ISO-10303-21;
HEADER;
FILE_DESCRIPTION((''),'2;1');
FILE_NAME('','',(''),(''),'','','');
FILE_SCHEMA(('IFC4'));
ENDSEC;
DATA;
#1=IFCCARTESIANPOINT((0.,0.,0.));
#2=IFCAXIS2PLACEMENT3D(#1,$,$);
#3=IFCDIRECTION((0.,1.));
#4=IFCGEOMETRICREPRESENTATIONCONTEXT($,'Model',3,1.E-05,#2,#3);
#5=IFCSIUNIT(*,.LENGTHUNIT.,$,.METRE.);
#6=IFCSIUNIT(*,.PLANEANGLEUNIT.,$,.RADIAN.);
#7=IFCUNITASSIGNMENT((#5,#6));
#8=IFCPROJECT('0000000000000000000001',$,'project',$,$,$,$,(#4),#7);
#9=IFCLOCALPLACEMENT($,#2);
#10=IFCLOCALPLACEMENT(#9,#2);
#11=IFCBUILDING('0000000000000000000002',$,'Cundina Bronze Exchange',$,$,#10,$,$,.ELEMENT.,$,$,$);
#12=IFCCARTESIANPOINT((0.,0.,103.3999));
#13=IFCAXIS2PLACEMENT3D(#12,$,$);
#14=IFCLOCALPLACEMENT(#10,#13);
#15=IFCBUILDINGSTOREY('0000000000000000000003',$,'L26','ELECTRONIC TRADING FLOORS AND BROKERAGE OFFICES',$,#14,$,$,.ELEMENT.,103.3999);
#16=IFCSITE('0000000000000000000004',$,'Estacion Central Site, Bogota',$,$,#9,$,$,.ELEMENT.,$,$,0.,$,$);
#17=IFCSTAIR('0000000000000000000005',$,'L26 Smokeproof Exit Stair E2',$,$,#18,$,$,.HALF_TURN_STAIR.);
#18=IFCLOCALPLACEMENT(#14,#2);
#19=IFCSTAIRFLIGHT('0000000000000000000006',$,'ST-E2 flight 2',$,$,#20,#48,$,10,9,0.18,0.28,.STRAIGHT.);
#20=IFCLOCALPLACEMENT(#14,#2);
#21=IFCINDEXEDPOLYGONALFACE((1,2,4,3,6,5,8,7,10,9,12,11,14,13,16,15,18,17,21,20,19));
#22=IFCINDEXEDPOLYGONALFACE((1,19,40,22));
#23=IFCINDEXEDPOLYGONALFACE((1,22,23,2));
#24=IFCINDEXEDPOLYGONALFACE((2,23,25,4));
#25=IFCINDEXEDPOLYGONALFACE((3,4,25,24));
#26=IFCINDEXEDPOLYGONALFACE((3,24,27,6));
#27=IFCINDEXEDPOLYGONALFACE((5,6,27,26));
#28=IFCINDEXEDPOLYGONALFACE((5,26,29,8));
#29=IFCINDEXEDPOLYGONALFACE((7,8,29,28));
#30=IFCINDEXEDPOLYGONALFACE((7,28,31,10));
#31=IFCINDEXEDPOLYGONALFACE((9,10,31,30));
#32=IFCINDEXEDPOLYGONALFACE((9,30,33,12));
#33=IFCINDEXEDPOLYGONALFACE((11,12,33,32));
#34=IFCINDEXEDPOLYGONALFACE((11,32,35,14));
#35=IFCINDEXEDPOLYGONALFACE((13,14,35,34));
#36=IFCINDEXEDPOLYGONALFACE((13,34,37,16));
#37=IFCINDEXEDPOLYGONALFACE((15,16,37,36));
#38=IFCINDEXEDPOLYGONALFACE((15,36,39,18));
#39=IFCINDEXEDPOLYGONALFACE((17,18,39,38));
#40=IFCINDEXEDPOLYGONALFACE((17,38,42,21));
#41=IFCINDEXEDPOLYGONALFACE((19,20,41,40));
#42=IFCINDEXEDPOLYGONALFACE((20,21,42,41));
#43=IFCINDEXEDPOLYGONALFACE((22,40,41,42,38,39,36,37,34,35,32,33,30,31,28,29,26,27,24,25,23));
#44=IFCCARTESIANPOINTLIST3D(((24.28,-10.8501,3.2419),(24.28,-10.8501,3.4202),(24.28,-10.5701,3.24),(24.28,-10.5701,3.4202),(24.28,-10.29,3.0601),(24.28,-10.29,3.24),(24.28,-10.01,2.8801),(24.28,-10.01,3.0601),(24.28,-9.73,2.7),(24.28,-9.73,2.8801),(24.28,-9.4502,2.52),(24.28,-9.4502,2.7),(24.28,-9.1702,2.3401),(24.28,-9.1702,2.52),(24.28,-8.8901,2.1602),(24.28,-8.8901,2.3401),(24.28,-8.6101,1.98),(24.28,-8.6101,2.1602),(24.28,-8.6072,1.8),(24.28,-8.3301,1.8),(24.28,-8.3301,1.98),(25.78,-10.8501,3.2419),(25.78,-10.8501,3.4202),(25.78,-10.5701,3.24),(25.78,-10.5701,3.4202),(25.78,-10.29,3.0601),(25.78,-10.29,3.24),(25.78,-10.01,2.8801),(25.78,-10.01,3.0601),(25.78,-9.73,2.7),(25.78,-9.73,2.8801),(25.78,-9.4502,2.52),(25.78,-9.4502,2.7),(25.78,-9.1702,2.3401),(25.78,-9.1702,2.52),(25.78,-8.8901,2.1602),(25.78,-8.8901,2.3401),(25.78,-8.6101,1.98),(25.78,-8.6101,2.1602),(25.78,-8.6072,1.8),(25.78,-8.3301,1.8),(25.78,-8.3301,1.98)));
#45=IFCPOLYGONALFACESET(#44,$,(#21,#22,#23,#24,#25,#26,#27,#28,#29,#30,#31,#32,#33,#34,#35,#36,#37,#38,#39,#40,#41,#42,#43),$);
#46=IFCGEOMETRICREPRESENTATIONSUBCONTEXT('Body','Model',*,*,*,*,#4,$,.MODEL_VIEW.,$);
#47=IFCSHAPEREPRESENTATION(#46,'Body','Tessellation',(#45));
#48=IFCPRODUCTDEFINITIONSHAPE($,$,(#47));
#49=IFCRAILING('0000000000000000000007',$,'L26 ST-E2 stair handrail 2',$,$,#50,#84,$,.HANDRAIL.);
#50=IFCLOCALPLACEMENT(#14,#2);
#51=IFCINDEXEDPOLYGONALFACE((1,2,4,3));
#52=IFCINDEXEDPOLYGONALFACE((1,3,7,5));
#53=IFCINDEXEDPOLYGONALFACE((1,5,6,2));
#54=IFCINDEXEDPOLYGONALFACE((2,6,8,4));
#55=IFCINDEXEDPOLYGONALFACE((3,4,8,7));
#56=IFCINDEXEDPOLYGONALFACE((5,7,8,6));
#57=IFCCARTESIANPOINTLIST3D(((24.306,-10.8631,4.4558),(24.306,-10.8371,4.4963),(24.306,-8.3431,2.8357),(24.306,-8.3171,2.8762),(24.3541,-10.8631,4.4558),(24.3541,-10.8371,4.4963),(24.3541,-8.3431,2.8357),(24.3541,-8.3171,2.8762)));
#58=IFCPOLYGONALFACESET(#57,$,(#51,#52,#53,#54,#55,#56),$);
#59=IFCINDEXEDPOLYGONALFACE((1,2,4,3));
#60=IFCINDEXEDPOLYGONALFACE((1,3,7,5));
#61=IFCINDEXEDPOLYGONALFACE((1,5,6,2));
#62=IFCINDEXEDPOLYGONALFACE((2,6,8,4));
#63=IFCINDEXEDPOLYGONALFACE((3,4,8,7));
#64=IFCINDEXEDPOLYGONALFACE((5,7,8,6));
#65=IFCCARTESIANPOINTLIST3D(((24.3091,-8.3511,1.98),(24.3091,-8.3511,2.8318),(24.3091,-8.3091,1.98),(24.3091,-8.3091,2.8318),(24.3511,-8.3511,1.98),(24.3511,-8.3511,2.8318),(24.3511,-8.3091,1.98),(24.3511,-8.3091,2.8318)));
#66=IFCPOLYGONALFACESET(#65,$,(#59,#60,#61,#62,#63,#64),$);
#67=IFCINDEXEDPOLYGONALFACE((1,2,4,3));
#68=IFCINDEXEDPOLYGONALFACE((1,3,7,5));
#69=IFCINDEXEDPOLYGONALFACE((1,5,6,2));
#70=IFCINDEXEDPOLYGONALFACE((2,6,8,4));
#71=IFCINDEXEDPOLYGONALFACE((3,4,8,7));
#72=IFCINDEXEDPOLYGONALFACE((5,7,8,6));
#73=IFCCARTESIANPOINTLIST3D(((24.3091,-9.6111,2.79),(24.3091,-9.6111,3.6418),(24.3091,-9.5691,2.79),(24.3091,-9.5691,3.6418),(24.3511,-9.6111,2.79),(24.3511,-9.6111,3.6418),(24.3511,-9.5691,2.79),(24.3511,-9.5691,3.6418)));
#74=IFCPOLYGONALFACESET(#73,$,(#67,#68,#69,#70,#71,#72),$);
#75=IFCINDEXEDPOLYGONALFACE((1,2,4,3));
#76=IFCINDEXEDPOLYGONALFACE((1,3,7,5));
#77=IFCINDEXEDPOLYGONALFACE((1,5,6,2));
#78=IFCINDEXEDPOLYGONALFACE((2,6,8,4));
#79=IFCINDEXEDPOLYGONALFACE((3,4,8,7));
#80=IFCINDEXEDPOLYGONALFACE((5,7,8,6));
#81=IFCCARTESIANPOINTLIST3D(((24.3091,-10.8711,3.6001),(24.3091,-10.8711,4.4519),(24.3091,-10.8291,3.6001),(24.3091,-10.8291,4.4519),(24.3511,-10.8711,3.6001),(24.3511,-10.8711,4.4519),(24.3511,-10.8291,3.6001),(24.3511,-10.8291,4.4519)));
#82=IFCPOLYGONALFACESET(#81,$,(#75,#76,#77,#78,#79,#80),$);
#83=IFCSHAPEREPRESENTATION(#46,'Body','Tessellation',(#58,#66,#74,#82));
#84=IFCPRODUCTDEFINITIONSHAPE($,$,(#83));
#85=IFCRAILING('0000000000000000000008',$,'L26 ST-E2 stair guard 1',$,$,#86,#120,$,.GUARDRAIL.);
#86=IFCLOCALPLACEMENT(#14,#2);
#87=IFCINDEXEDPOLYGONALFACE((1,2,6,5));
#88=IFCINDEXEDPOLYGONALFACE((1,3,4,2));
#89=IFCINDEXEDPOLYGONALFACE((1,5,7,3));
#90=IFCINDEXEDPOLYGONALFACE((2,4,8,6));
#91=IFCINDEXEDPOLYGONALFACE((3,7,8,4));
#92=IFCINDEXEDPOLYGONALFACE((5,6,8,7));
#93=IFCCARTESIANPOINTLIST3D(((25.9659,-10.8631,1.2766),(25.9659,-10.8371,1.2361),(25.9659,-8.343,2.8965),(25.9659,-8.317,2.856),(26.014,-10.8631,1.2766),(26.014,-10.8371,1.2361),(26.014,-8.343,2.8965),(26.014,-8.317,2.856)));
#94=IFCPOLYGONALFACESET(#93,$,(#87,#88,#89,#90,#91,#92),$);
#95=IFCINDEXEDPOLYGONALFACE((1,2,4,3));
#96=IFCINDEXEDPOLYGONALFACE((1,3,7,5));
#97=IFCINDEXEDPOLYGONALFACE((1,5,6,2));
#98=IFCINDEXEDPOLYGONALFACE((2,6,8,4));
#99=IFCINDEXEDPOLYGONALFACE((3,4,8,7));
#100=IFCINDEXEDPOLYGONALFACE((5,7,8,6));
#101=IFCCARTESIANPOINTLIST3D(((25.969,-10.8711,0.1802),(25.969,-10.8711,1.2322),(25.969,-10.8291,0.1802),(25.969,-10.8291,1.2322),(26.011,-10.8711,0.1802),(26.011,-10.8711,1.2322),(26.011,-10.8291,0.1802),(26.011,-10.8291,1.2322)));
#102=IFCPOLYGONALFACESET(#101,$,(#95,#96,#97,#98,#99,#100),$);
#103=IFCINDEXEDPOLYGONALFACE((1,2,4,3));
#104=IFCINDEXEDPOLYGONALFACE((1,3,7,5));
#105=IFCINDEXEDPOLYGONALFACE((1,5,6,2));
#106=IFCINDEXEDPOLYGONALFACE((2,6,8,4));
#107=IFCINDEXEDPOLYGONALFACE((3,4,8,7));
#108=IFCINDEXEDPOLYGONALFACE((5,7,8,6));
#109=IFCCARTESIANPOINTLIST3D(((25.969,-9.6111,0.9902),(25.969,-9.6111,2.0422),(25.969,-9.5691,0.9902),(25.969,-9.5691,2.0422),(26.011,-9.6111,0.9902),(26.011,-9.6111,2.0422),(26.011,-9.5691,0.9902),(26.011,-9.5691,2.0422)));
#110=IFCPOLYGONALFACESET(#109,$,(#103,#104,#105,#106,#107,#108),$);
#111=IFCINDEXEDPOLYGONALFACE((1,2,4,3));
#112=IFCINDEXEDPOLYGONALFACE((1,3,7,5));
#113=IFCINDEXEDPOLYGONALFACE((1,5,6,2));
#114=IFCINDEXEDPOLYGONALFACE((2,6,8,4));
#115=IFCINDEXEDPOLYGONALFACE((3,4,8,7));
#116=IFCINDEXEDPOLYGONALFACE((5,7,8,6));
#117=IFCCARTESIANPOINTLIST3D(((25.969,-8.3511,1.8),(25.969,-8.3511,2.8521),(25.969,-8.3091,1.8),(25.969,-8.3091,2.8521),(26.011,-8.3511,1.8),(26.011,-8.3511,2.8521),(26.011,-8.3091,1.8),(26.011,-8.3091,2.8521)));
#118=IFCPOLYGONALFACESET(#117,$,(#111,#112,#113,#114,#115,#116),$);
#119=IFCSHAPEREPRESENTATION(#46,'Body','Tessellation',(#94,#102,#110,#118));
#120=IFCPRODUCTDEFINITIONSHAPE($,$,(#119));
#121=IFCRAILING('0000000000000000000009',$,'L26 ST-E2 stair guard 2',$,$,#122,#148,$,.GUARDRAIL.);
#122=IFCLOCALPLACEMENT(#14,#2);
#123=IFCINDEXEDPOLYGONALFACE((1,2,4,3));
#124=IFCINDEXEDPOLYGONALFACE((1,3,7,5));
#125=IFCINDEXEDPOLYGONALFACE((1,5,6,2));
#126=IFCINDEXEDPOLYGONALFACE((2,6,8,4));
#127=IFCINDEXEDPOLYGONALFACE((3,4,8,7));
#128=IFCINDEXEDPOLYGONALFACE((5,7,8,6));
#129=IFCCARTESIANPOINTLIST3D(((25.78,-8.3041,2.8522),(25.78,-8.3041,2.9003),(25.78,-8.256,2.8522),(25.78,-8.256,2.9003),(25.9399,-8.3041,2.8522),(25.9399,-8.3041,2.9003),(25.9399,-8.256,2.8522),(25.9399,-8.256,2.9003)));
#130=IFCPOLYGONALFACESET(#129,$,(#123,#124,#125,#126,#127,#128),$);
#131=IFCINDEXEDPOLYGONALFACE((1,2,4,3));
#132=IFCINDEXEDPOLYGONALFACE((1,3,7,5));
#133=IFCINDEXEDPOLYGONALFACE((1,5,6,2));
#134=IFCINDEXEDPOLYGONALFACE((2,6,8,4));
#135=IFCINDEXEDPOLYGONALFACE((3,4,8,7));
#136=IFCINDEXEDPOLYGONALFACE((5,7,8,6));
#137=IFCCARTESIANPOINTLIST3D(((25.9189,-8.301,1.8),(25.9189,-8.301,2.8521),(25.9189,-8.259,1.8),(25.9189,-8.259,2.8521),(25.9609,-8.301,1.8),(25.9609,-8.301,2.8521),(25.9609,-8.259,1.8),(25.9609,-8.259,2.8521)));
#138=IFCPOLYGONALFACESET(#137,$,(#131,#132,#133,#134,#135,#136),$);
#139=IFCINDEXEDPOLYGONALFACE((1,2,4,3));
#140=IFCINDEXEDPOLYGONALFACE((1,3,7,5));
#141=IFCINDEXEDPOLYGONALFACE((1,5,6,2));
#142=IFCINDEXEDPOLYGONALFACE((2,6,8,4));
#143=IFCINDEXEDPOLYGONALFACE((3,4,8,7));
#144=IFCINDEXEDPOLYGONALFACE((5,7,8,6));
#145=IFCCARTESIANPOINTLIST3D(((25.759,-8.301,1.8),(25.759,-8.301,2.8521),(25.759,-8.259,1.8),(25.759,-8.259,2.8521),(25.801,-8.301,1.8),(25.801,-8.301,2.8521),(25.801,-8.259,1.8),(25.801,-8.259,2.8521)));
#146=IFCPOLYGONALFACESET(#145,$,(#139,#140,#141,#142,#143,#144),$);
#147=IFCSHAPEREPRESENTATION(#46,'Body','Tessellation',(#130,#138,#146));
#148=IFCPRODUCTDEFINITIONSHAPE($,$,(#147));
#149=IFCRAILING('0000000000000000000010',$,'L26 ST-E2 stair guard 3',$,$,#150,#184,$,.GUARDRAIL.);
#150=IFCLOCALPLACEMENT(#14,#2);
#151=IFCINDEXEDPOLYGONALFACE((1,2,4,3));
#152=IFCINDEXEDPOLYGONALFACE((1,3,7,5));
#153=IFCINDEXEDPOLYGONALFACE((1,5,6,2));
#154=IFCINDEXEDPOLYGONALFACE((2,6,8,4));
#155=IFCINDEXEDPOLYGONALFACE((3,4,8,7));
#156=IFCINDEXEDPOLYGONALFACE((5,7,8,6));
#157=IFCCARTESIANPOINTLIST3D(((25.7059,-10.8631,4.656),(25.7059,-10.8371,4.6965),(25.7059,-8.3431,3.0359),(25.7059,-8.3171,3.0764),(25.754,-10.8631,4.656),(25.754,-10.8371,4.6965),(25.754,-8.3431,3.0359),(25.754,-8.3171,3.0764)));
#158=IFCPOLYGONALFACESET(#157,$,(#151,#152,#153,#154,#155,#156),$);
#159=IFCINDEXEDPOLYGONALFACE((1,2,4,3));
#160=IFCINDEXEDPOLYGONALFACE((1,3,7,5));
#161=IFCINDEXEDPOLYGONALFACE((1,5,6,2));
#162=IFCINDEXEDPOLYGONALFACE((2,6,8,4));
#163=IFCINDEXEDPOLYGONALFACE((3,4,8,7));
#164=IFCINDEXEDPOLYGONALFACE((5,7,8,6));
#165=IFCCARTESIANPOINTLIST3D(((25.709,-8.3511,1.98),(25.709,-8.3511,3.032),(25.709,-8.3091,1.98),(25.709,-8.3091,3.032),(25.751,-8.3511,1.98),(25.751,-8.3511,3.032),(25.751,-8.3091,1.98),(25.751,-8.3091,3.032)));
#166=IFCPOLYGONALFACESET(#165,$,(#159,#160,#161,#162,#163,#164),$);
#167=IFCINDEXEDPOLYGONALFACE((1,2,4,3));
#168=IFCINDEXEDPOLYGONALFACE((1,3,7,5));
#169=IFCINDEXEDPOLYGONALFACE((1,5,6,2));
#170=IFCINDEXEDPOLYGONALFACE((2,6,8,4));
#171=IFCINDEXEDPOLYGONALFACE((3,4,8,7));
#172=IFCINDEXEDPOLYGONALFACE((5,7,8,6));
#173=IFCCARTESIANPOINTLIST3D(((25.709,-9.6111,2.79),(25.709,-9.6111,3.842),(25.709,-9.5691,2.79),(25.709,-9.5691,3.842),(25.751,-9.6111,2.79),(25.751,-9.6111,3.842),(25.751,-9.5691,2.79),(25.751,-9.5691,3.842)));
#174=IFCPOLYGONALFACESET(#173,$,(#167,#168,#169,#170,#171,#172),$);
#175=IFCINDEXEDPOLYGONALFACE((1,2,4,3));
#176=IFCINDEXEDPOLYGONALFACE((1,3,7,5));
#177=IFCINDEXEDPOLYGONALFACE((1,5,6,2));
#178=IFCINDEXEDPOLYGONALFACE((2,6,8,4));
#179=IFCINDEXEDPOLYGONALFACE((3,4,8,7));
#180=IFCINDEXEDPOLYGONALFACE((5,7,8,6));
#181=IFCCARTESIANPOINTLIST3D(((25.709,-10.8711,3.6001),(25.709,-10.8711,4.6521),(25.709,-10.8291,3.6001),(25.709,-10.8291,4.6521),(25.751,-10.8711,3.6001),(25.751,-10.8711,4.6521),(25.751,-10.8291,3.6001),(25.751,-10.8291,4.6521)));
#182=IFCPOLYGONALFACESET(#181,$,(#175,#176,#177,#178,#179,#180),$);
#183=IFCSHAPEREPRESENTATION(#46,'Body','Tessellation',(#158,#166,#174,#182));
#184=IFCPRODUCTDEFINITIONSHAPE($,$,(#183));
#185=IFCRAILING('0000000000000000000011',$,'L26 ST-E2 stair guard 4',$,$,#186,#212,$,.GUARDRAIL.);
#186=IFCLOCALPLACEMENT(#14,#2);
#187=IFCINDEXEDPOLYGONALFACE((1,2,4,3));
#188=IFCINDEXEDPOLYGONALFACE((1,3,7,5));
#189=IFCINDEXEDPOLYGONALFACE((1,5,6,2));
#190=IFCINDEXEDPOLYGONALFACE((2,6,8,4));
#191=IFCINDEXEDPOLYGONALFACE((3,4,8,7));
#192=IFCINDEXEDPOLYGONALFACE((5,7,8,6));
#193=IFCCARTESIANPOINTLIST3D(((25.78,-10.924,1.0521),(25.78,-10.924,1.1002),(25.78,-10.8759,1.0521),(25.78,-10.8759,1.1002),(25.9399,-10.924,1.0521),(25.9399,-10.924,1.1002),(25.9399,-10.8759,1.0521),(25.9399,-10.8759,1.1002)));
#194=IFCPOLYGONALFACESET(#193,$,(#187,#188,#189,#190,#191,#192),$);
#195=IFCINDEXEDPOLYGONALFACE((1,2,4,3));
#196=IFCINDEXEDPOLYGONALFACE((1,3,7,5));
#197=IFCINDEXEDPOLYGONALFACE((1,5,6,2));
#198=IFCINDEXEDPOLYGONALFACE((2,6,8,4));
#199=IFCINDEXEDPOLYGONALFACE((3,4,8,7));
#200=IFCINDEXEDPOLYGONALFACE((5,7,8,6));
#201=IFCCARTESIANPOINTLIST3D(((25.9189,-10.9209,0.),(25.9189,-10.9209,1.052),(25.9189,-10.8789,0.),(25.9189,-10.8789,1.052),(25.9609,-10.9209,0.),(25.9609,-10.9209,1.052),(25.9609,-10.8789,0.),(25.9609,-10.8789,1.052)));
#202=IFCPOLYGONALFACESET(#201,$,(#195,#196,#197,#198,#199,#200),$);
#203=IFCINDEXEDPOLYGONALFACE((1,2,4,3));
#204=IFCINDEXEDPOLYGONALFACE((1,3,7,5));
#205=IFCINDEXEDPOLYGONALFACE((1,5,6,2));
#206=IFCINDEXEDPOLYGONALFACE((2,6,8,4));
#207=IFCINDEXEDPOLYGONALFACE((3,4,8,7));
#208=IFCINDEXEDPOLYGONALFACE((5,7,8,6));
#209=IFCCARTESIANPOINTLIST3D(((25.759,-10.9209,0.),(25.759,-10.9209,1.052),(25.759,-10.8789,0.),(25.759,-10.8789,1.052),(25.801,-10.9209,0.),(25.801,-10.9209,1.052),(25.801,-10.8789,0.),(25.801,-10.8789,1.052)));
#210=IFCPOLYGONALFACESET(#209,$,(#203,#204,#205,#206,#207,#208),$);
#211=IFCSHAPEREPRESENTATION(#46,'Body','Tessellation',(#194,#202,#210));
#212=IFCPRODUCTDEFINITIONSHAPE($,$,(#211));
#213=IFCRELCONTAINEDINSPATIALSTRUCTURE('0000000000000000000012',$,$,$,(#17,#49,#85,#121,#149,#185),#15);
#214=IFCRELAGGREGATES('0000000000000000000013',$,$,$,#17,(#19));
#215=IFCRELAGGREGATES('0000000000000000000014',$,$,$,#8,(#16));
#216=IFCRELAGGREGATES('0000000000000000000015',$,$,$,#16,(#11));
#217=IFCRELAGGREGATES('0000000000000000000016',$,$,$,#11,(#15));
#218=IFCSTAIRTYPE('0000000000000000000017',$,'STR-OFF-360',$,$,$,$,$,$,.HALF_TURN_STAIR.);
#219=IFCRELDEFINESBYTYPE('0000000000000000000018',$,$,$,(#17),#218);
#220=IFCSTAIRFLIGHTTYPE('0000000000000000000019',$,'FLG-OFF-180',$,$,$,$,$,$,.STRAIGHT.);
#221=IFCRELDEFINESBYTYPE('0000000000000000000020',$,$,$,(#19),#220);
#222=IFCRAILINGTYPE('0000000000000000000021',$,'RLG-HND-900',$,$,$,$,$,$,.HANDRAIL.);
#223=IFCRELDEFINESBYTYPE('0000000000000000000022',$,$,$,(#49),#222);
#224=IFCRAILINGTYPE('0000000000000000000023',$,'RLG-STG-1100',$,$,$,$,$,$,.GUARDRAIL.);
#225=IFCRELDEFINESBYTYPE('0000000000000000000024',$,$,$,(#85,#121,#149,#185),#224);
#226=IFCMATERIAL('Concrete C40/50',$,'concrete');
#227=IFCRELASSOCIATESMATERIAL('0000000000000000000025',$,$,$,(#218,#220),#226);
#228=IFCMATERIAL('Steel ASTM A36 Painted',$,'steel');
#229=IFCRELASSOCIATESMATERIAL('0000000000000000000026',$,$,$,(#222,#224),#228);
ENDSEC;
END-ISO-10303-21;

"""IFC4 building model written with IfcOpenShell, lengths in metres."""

from ifc_helpers import new_model, si_unit, direction, frame, origin, origin_2d, place, context, subcontext, project, spatial, polyline, rectangle, outline, extrude, material, type_object, element, aggregate, save


model = new_model("IFC4")

# Units and contexts
model_context = context("Model", 3, precision=1e-05, world=origin(), true_north=direction((0.0, 1.0)))
body_context = subcontext(model_context, "Body", "Model", "MODEL_VIEW")
ifc_project = project(units=[si_unit("LENGTHUNIT", "METRE"), si_unit("PLANEANGLEUNIT", "RADIAN")], contexts=[model_context])

# Site, building, storey
site_placement = place(None, origin())
site = spatial("IfcSite", under=ifc_project, at=site_placement, Name="Estacion Central Site, Bogota", CompositionType="ELEMENT", RefElevation=0.0)
building_placement = place(site_placement, origin())
building = spatial("IfcBuilding", under=site, at=building_placement, Name="Cundina Bronze Exchange", CompositionType="ELEMENT")
storey_placement = place(building_placement, frame((0.0, 0.0, 103.3999)))
storey = spatial("IfcBuildingStorey", under=building, at=storey_placement, Name="L26", Description="ELECTRONIC TRADING FLOORS AND BROKERAGE OFFICES", CompositionType="ELEMENT", Elevation=103.3999)

# Shared definitions
ifc_material_1 = material(Name="Steel ASTM A36 Painted", Category="steel")

# Stair, stair flight
ifc_material_2 = material(Name="Concrete C40/50", Category="concrete")
stair_type = type_object("IfcStairType", Name="STR-OFF-360", PredefinedType="HALF_TURN_STAIR", material=ifc_material_2)
stair_placement = place(storey_placement, origin())
stair = element("IfcStair", 1, at=stair_placement, inside=storey, type_object=stair_type, Name="L26 Smokeproof Exit Stair E2", PredefinedType="HALF_TURN_STAIR")
stair_flight_type = type_object("IfcStairFlightType", Name="FLG-OFF-180", PredefinedType="STRAIGHT", material=ifc_material_2)
stair_flight_1_placement = place(storey_placement, frame((25.03, -8.3301, 1.8), z_axis=(0.0, 0.0, 1.0), x_axis=(0.0, -1.0, 0.0)))
stair_flight_1 = element("IfcStairFlight", 2, at=stair_flight_1_placement, type_object=stair_flight_type, Name="ST-E2 flight 2", NumberOfRisers=10, NumberOfTreads=9, PredefinedType="STRAIGHT", RiserHeight=0.18, TreadLength=0.28, context=body_context, shape_type="SweptSolid", body=[
    extrude(outline(polyline([(0.0, 0.0), (0.0, 0.1799), (0.28, 0.1799), (0.28, 0.3601), (0.5601, 0.3601), (0.5601, 0.54), (0.8401, 0.54), (0.8401, 0.72), (1.1201, 0.72), (1.1201, 0.8999), (1.3999, 0.8999), (1.3999, 1.0801), (1.6799, 1.0801), (1.6799, 1.26), (1.96, 1.26), (1.96, 1.4399), (2.24, 1.4399), (2.24, 1.6201), (2.52, 1.6201), (2.52, 1.8), (2.52, 1.4419), (0.2771, 0.0), (0.0, 0.0)])), frame((0.0, 0.75, 0.0), z_axis=(0.0, -1.0, 0.0), x_axis=(1.0, 0.0, 0.0)), (0.0, 0.0, 1.0), 1.5),
])
aggregate(stair, [stair_flight_1])

# Railings
railing_type_1 = type_object("IfcRailingType", Name="RLG-HND-900", PredefinedType="HANDRAIL", material=ifc_material_1)
railing_1_placement = place(storey_placement, frame((24.3301, -8.3301, 1.98)))
element("IfcRailing", 3, at=railing_1_placement, inside=storey, type_object=railing_type_1, Name="L26 ST-E2 stair handrail 2", PredefinedType="HANDRAIL", context=body_context, shape_type="SweptSolid", body=[
    extrude(rectangle(XDim=0.0481, YDim=0.0481, at=origin_2d()), frame((0.0, 0.0, 0.876), z_axis=(0.0, -0.841163, 0.540782), x_axis=(1.0, 0.0, 0.0)), (0.0, 0.0, 1.0), 2.9958),
    extrude(rectangle(XDim=0.042, YDim=0.042, at=origin_2d()), origin(), (0.0, 0.0, 1.0), 0.8518),
    extrude(rectangle(XDim=0.042, YDim=0.042, at=origin_2d()), frame((0.0, -1.26, 0.8101)), (0.0, 0.0, 1.0), 0.8518),
    extrude(rectangle(XDim=0.042, YDim=0.042, at=origin_2d()), frame((0.0, -2.52, 1.6201)), (0.0, 0.0, 1.0), 0.8518),
])
railing_type_2 = type_object("IfcRailingType", Name="RLG-STG-1100", PredefinedType="GUARDRAIL", material=ifc_material_1)
railing_2_placement = place(storey_placement, frame((25.99, -10.8501, 0.1802)))
element("IfcRailing", 4, at=railing_2_placement, inside=storey, type_object=railing_type_2, Name="L26 ST-E2 stair guard 1", PredefinedType="GUARDRAIL", context=body_context, shape_type="SweptSolid", body=[
    extrude(rectangle(XDim=0.0481, YDim=0.0481, at=origin_2d()), frame((0.0, 0.0, 1.0762), z_axis=(0.0, 0.8412, 0.540725), x_axis=(-1.0, 0.0, 0.0)), (0.0, 0.0, 1.0), 2.9958),
    extrude(rectangle(XDim=0.042, YDim=0.042, at=origin_2d()), origin(), (0.0, 0.0, 1.0), 1.052),
    extrude(rectangle(XDim=0.042, YDim=0.042, at=origin_2d()), frame((0.0, 1.26, 0.8101)), (0.0, 0.0, 1.0), 1.052),
    extrude(rectangle(XDim=0.042, YDim=0.042, at=origin_2d()), frame((0.0, 2.52, 1.6199)), (0.0, 0.0, 1.0), 1.052),
])
railing_3_placement = place(storey_placement, frame((25.9399, -8.28, 1.8)))
element("IfcRailing", 5, at=railing_3_placement, inside=storey, type_object=railing_type_2, Name="L26 ST-E2 stair guard 2", PredefinedType="GUARDRAIL", context=body_context, shape_type="SweptSolid", body=[
    extrude(rectangle(XDim=0.0481, YDim=0.0481, at=origin_2d()), frame((0.0, 0.0, 1.0762), z_axis=(-1.0, 0.0, 0.0), x_axis=(0.0, -1.0, 0.0)), (0.0, 0.0, 1.0), 0.1599),
    extrude(rectangle(XDim=0.042, YDim=0.042, at=origin_2d()), origin(), (0.0, 0.0, 1.0), 1.052),
    extrude(rectangle(XDim=0.042, YDim=0.042, at=origin_2d()), frame((-0.1599, 0.0, 0.0)), (0.0, 0.0, 1.0), 1.052),
])
railing_4_placement = place(storey_placement, frame((25.73, -8.3301, 1.98)))
element("IfcRailing", 6, at=railing_4_placement, inside=storey, type_object=railing_type_2, Name="L26 ST-E2 stair guard 3", PredefinedType="GUARDRAIL", context=body_context, shape_type="SweptSolid", body=[
    extrude(rectangle(XDim=0.0481, YDim=0.0481, at=origin_2d()), frame((0.0, 0.0, 1.0762), z_axis=(0.0, -0.841163, 0.540782), x_axis=(1.0, 0.0, 0.0)), (0.0, 0.0, 1.0), 2.9958),
    extrude(rectangle(XDim=0.042, YDim=0.042, at=origin_2d()), origin(), (0.0, 0.0, 1.0), 1.052),
    extrude(rectangle(XDim=0.042, YDim=0.042, at=origin_2d()), frame((0.0, -1.26, 0.8101)), (0.0, 0.0, 1.0), 1.052),
    extrude(rectangle(XDim=0.042, YDim=0.042, at=origin_2d()), frame((0.0, -2.52, 1.6201)), (0.0, 0.0, 1.0), 1.052),
])
railing_5_placement = place(storey_placement, frame((25.9399, -10.8999, 0.0)))
element("IfcRailing", 7, at=railing_5_placement, inside=storey, type_object=railing_type_2, Name="L26 ST-E2 stair guard 4", PredefinedType="GUARDRAIL", context=body_context, shape_type="SweptSolid", body=[
    extrude(rectangle(XDim=0.0481, YDim=0.0481, at=origin_2d()), frame((0.0, 0.0, 1.0762), z_axis=(-1.0, 0.0, 0.0), x_axis=(0.0, -1.0, 0.0)), (0.0, 0.0, 1.0), 0.1599),
    extrude(rectangle(XDim=0.042, YDim=0.042, at=origin_2d()), origin(), (0.0, 0.0, 1.0), 1.052),
    extrude(rectangle(XDim=0.042, YDim=0.042, at=origin_2d()), frame((-0.1599, 0.0, 0.0)), (0.0, 0.0, 1.0), 1.052),
])

save(model, "model.ifc")
